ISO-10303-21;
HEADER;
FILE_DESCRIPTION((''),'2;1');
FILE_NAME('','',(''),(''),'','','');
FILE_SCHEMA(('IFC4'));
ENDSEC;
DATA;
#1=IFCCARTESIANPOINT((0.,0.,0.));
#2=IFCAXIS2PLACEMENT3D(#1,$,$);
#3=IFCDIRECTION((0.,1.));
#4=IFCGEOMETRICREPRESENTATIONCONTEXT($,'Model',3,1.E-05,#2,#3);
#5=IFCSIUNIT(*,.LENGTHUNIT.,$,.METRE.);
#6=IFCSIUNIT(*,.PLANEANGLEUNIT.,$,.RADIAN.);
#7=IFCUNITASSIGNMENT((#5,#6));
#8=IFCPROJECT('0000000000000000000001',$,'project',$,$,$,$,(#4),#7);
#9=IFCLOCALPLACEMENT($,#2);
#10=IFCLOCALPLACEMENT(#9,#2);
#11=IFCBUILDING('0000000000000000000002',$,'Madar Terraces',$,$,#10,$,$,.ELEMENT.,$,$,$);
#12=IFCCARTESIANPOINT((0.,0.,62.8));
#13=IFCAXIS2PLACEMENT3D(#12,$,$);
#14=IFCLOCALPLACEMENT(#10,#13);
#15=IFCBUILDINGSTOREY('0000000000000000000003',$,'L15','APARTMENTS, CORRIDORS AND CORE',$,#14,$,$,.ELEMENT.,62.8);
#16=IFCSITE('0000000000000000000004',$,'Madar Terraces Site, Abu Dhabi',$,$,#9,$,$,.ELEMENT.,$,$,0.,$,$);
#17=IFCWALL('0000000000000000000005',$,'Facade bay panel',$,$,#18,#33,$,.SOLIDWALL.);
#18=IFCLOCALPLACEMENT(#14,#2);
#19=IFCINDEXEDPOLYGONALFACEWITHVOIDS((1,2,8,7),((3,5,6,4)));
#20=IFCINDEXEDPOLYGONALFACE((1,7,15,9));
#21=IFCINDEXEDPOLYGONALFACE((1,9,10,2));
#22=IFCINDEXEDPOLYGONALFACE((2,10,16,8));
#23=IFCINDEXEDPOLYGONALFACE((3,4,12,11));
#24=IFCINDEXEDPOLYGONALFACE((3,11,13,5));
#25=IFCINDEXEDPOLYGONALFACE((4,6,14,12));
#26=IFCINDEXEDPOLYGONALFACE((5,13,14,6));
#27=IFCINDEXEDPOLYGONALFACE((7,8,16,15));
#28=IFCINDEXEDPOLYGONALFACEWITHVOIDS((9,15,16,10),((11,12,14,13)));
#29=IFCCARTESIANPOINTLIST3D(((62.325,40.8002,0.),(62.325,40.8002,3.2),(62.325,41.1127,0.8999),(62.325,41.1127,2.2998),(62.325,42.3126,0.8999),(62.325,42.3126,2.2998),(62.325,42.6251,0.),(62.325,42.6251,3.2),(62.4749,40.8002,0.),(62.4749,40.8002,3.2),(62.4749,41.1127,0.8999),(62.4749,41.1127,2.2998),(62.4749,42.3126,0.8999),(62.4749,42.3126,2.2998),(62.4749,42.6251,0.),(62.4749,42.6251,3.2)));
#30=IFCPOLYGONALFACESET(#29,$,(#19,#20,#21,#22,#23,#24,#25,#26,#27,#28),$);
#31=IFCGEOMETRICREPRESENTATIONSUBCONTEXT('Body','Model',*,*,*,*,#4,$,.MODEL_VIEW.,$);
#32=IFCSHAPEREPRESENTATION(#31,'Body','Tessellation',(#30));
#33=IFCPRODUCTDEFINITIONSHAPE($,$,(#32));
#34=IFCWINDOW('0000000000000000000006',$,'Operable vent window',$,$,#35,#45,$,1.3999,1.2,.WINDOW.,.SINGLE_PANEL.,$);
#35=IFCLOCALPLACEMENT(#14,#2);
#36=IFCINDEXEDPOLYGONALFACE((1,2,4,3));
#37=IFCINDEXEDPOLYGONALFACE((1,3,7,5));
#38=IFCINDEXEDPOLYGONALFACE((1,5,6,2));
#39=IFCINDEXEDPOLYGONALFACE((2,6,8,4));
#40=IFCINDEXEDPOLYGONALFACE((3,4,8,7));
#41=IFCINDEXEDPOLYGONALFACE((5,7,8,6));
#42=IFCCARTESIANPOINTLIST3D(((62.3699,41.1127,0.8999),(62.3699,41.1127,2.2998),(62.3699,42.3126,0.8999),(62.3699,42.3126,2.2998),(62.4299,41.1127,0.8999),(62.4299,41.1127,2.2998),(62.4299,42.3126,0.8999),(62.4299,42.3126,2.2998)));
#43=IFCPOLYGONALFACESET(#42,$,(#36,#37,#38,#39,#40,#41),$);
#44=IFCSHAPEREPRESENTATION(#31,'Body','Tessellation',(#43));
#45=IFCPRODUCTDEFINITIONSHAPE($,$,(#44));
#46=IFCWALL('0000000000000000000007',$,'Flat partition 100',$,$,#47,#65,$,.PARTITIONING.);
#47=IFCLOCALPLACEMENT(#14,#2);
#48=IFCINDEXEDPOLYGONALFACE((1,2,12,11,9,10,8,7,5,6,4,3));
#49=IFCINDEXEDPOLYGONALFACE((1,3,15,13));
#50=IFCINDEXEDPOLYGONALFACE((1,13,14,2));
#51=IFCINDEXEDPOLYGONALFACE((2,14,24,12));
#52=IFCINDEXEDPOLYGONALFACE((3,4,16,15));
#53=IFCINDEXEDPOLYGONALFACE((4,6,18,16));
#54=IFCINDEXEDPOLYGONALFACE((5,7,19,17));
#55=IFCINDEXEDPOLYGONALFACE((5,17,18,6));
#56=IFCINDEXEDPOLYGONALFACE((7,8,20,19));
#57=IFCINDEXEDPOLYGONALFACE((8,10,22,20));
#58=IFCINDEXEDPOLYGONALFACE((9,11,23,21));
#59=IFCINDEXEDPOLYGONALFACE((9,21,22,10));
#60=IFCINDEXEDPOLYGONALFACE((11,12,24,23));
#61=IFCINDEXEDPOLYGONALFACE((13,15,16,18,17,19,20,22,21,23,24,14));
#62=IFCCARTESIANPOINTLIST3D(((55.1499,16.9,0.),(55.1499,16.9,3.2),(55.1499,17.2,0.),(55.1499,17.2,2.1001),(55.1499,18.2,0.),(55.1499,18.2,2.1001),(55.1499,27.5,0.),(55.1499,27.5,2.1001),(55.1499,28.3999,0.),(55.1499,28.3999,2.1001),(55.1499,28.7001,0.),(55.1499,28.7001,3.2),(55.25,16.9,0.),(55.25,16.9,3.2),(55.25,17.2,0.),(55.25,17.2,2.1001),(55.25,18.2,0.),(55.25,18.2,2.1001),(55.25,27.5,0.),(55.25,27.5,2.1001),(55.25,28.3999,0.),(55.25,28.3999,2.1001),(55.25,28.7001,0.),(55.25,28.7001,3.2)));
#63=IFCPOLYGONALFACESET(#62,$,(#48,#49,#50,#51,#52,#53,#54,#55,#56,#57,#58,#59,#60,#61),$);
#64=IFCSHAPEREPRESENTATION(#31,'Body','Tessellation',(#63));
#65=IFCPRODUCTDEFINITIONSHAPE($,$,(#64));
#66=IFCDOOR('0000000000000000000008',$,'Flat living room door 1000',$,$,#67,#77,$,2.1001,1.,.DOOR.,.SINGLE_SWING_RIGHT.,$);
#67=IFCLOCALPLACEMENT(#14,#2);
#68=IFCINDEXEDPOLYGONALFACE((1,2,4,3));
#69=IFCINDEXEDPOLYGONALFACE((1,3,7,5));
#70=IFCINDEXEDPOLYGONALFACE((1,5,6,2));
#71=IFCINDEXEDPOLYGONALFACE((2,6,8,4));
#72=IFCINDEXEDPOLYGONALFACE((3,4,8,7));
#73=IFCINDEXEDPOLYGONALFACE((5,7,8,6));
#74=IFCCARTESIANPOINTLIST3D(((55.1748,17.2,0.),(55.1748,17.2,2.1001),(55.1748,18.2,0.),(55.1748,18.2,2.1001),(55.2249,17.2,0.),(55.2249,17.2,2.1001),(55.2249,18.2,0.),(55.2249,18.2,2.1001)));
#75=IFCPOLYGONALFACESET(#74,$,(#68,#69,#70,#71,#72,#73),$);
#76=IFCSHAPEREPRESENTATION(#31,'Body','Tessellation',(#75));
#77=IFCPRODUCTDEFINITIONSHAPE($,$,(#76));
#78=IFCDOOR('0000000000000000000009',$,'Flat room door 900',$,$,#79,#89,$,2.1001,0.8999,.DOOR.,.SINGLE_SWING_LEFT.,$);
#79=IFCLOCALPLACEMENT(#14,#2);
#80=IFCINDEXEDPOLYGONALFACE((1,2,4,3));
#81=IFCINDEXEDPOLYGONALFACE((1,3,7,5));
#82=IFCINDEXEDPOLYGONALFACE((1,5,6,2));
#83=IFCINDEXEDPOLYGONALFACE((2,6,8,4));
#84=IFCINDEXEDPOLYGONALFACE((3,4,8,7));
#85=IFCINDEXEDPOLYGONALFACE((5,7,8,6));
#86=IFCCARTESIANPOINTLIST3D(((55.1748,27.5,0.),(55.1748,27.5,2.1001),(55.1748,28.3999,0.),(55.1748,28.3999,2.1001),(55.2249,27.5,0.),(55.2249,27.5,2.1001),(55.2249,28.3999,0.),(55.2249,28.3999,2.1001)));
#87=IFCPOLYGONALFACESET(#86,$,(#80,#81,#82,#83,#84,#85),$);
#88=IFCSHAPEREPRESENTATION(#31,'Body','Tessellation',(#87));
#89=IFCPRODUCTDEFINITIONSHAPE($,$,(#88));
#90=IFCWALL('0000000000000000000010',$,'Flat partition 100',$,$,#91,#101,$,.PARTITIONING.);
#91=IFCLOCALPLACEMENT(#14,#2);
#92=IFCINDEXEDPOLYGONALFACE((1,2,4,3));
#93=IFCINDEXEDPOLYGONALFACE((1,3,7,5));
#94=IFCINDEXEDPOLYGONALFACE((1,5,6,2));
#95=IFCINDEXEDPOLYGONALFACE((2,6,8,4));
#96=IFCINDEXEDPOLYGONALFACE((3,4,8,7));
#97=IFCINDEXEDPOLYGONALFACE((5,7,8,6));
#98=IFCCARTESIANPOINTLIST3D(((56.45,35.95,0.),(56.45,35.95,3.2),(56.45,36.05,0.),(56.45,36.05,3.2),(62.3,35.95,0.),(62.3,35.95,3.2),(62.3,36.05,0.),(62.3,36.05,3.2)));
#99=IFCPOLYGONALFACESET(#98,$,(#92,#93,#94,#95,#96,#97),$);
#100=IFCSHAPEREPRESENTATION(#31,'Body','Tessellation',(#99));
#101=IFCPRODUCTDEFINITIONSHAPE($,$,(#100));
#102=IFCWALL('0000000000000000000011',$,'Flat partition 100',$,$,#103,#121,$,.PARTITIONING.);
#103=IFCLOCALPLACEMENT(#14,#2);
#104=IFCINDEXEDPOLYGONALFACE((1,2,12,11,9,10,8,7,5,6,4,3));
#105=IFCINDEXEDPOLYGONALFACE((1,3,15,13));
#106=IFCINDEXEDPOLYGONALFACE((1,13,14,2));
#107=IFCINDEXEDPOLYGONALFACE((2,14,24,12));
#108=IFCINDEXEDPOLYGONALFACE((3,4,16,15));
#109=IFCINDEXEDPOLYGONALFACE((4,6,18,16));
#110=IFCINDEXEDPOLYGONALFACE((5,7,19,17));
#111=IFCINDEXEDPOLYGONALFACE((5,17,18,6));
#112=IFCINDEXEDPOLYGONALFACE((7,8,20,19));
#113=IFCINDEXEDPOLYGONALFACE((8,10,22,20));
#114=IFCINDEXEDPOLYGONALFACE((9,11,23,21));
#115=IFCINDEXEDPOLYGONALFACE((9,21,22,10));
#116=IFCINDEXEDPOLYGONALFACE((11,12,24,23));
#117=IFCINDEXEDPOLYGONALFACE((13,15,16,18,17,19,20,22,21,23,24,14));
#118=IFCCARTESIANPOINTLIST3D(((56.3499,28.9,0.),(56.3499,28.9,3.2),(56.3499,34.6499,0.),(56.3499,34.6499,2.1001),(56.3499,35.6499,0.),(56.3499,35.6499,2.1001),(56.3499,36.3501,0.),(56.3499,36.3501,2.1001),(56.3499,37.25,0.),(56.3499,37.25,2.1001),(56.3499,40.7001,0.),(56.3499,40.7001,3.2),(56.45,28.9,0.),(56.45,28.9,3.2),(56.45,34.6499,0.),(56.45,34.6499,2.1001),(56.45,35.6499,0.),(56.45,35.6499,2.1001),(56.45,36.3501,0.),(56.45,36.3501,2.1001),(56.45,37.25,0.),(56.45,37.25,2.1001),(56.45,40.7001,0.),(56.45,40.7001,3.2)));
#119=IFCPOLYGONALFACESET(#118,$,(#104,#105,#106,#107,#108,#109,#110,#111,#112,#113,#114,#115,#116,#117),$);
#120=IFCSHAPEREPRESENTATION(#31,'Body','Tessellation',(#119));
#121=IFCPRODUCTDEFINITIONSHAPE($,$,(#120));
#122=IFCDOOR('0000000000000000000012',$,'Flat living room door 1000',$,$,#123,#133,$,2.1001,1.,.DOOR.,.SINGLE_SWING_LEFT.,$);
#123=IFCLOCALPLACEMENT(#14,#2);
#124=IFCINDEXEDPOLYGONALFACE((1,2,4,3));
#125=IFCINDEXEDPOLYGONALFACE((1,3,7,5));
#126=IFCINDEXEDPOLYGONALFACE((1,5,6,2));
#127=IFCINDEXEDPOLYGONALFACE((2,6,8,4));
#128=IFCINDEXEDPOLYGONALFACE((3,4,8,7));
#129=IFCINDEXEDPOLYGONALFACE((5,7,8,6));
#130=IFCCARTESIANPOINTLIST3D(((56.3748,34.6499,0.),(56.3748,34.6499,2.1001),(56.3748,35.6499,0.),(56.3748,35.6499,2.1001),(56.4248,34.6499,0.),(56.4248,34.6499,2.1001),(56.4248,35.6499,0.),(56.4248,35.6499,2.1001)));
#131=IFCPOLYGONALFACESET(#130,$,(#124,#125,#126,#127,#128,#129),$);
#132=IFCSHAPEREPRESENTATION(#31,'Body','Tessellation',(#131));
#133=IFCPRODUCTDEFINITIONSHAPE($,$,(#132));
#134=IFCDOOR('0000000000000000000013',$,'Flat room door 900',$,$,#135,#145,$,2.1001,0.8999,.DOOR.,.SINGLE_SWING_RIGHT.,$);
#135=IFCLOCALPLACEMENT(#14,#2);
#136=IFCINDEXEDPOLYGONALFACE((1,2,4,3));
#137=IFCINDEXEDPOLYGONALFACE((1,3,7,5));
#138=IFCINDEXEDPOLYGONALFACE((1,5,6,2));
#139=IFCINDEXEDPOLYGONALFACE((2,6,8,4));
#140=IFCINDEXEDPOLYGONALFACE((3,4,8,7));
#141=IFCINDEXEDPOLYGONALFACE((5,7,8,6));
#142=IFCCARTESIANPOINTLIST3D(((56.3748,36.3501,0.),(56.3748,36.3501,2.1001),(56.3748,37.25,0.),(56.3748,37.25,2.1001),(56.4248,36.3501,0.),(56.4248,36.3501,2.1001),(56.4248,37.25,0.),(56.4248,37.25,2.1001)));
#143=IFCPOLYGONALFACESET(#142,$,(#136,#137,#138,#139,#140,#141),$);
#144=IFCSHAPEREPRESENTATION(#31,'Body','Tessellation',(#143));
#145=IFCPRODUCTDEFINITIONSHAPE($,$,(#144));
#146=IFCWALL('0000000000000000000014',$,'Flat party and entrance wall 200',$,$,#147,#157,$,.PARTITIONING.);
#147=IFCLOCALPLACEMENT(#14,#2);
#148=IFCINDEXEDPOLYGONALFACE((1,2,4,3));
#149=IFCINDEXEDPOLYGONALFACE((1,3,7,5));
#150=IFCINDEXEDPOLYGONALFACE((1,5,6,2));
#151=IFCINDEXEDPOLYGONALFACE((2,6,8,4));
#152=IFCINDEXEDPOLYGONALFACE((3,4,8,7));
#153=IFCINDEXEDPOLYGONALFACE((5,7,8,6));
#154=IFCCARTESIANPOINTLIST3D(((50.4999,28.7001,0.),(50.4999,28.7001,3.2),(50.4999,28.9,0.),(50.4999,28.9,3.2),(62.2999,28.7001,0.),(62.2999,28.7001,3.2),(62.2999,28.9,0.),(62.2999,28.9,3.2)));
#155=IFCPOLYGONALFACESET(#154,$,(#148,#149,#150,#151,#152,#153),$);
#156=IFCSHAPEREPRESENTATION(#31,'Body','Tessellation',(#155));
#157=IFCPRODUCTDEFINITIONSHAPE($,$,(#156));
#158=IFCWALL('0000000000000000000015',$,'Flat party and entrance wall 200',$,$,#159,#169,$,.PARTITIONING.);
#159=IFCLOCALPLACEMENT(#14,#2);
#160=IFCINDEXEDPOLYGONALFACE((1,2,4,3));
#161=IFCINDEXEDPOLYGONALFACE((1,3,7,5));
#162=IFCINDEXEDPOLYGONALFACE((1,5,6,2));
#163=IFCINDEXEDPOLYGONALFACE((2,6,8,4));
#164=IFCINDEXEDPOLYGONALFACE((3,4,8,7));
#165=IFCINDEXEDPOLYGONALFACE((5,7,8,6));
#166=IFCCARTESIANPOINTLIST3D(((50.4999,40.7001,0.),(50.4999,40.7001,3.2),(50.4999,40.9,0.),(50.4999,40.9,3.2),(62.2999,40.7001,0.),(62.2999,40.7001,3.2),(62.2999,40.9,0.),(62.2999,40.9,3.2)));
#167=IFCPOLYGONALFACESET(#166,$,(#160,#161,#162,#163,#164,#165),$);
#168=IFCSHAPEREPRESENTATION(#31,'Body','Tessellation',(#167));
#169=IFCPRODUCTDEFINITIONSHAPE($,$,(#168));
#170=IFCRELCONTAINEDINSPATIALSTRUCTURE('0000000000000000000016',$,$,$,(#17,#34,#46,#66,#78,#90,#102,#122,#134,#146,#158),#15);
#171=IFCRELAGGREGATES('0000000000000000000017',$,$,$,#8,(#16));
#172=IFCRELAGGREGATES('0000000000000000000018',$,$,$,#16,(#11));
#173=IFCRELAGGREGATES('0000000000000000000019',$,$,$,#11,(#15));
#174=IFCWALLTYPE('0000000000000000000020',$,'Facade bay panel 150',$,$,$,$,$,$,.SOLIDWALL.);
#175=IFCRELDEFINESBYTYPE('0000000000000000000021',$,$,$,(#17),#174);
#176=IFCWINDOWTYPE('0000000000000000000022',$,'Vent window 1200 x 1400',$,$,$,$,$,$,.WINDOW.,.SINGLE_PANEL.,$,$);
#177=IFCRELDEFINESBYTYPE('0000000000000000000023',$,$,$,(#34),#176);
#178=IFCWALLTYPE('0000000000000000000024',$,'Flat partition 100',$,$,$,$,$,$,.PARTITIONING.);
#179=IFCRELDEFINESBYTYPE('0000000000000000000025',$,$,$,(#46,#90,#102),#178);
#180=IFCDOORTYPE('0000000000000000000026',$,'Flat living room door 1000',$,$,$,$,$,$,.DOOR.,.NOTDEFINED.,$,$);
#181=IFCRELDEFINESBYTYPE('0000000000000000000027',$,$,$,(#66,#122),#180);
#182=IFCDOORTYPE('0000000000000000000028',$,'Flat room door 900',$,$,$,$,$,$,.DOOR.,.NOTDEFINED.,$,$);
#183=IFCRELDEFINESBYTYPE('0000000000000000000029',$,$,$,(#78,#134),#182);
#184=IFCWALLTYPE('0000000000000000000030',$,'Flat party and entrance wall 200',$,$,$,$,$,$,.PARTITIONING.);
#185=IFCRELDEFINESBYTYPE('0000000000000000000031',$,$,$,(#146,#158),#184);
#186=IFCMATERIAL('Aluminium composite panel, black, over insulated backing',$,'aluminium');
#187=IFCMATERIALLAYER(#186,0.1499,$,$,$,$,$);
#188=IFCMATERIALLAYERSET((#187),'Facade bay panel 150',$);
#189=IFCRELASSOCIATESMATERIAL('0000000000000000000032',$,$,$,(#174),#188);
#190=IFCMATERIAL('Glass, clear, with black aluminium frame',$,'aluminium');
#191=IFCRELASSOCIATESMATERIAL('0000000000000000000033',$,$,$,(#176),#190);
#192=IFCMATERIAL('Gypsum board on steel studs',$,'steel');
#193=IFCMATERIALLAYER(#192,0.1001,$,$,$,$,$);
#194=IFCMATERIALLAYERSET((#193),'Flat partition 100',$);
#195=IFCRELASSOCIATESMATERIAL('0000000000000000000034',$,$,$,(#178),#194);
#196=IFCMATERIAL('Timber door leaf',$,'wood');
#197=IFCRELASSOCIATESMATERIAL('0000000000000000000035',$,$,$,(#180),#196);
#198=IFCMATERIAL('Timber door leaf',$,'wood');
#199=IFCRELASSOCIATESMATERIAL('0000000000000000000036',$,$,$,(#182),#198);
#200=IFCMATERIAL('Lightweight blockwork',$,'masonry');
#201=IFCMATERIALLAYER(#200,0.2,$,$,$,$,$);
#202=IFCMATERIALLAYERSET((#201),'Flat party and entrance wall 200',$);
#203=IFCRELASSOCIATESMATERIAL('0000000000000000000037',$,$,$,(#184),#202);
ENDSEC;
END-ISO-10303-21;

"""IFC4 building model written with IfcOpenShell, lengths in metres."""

from ifc_helpers import new_model, si_unit, direction, frame, frame_2d, origin, place, context, subcontext, project, spatial, rectangle, extrude, material, layer, layer_set, type_object, element, fill, save


model = new_model("IFC4")

# Units and contexts
model_context = context("Model", 3, precision=1e-05, world=origin(), true_north=direction((0.0, 1.0)))
body_context = subcontext(model_context, "Body", "Model", "MODEL_VIEW")
ifc_project = project(units=[si_unit("LENGTHUNIT", "METRE"), si_unit("PLANEANGLEUNIT", "RADIAN")], contexts=[model_context])

# Site, building, storey
site_placement = place(None, origin())
site = spatial("IfcSite", under=ifc_project, at=site_placement, Name="Madar Terraces Site, Abu Dhabi", CompositionType="ELEMENT", RefElevation=0.0)
building_placement = place(site_placement, origin())
building = spatial("IfcBuilding", under=site, at=building_placement, Name="Madar Terraces", CompositionType="ELEMENT")
storey_placement = place(building_placement, frame((0.0, 0.0, 62.8)))
storey = spatial("IfcBuildingStorey", under=building, at=storey_placement, Name="L15", Description="APARTMENTS, CORRIDORS AND CORE", CompositionType="ELEMENT", Elevation=62.8)

# Wall, opening, window
ifc_material_1 = material(Name="Aluminium composite panel, black, over insulated backing", Category="aluminium")
ifc_layer_1 = layer(ifc_material_1, 0.1499)
ifc_layer_set_1 = layer_set([ifc_layer_1], Name="Facade bay panel 150")
wall_type_1 = type_object("IfcWallType", Name="Facade bay panel 150", PredefinedType="SOLIDWALL", material=ifc_layer_set_1)
ifc_material_2 = material(Name="Glass, clear, with black aluminium frame", Category="aluminium")
window_type = type_object("IfcWindowType", Name="Vent window 1200 x 1400", PartitioningType="SINGLE_PANEL", PredefinedType="WINDOW", material=ifc_material_2)
wall_1_placement = place(storey_placement, frame((62.3999, 40.8, 0.0), z_axis=(0.0, 0.0, 1.0), x_axis=(0.0, 1.0, 0.0)))
wall_1 = element("IfcWall", 1, at=wall_1_placement, inside=storey, type_object=wall_type_1, Name="Facade bay panel", PredefinedType="SOLIDWALL", context=body_context, shape_type="SweptSolid", body=[
    extrude(rectangle(XDim=1.825, YDim=0.1499, at=frame_2d((0.9126, 0.0))), origin(), (0.0, 0.0, 1.0), 3.2),
])
opening_1_placement = place(wall_1_placement, frame((0.3125, 0.0, 0.8999)))
opening_1 = element("IfcOpeningElement", 2, at=opening_1_placement, cuts=wall_1, PredefinedType="OPENING", context=body_context, shape_type="SweptSolid", body=[
    extrude(rectangle(XDim=1.2, YDim=1.3999, at=frame_2d((0.6001, 0.7))), frame((0.0, 0.085, 0.0), z_axis=(0.0, -1.0, 0.0), x_axis=(1.0, 0.0, 0.0)), (0.0, 0.0, 1.0), 0.1699),
])
window_1_placement = place(opening_1_placement, origin())
window_1 = element("IfcWindow", 3, at=window_1_placement, inside=storey, type_object=window_type, Name="Operable vent window", OverallHeight=1.3999, OverallWidth=1.2, PartitioningType="SINGLE_PANEL", PredefinedType="WINDOW", context=body_context, shape_type="SweptSolid", body=[
    extrude(rectangle(XDim=1.2, YDim=1.3999, at=frame_2d((0.6001, 0.7))), frame((0.0, 0.03, 0.0), z_axis=(0.0, -1.0, 0.0), x_axis=(1.0, 0.0, 0.0)), (0.0, 0.0, 1.0), 0.0601),
])
fill(opening_1, window_1)

# Wall, openings, doors
ifc_material_3 = material(Name="Gypsum board on steel studs", Category="steel")
ifc_layer_2 = layer(ifc_material_3, 0.1001)
ifc_layer_set_2 = layer_set([ifc_layer_2], Name="Flat partition 100")
wall_type_2 = type_object("IfcWallType", Name="Flat partition 100", PredefinedType="PARTITIONING", material=ifc_layer_set_2)
wall_2_placement = place(storey_placement, frame((55.2, 28.7, 0.0), z_axis=(0.0, 0.0, 1.0), x_axis=(0.0, -1.0, 0.0)))
wall_2 = element("IfcWall", 4, at=wall_2_placement, inside=storey, type_object=wall_type_2, Name="Flat partition 100", PredefinedType="PARTITIONING", context=body_context, shape_type="SweptSolid", body=[
    extrude(rectangle(XDim=11.8, YDim=0.1001, at=frame_2d((5.8999, 0.0))), origin(), (0.0, 0.0, 1.0), 3.2),
])
opening_2_placement = place(wall_2_placement, frame((10.5, 0.0, 0.0)))
opening_2 = element("IfcOpeningElement", 5, at=opening_2_placement, cuts=wall_2, PredefinedType="OPENING", context=body_context, shape_type="SweptSolid", body=[
    extrude(rectangle(XDim=1.0, YDim=2.1001, at=frame_2d((0.5, 1.05))), frame((0.0, 0.0601, 0.0), z_axis=(0.0, -1.0, 0.0), x_axis=(1.0, 0.0, 0.0)), (0.0, 0.0, 1.0), 0.1201),
])
opening_3_placement = place(wall_2_placement, frame((0.3, 0.0, 0.0)))
opening_3 = element("IfcOpeningElement", 6, at=opening_3_placement, cuts=wall_2, PredefinedType="OPENING", context=body_context, shape_type="SweptSolid", body=[
    extrude(rectangle(XDim=0.8999, YDim=2.1001, at=frame_2d((0.45, 1.05))), frame((0.0, 0.0601, 0.0), z_axis=(0.0, -1.0, 0.0), x_axis=(1.0, 0.0, 0.0)), (0.0, 0.0, 1.0), 0.1201),
])
ifc_material_4 = material(Name="Timber door leaf", Category="wood")
door_type_1 = type_object("IfcDoorType", Name="Flat living room door 1000", OperationType="NOTDEFINED", PredefinedType="DOOR", material=ifc_material_4)
door_1_placement = place(opening_2_placement, origin())
door_1 = element("IfcDoor", 7, at=door_1_placement, inside=storey, type_object=door_type_1, Name="Flat living room door 1000", OperationType="SINGLE_SWING_RIGHT", OverallHeight=2.1001, OverallWidth=1.0, PredefinedType="DOOR", context=body_context, shape_type="SweptSolid", body=[
    extrude(rectangle(XDim=1.0, YDim=2.1001, at=frame_2d((0.5, 1.05))), frame((0.0, 0.0249, 0.0), z_axis=(0.0, -1.0, 0.0), x_axis=(1.0, 0.0, 0.0)), (0.0, 0.0, 1.0), 0.05),
])
fill(opening_2, door_1)
ifc_material_5 = material(Name="Timber door leaf", Category="wood")
door_type_2 = type_object("IfcDoorType", Name="Flat room door 900", OperationType="NOTDEFINED", PredefinedType="DOOR", material=ifc_material_5)
door_2_placement = place(opening_3_placement, origin())
door_2 = element("IfcDoor", 8, at=door_2_placement, inside=storey, type_object=door_type_2, Name="Flat room door 900", OperationType="SINGLE_SWING_LEFT", OverallHeight=2.1001, OverallWidth=0.8999, PredefinedType="DOOR", context=body_context, shape_type="SweptSolid", body=[
    extrude(rectangle(XDim=0.8999, YDim=2.1001, at=frame_2d((0.45, 1.05))), frame((0.0, 0.0249, 0.0), z_axis=(0.0, -1.0, 0.0), x_axis=(1.0, 0.0, 0.0)), (0.0, 0.0, 1.0), 0.05),
])
fill(opening_3, door_2)

# Wall
wall_3_placement = place(storey_placement, frame((56.45, 36.0, 0.0), z_axis=(0.0, 0.0, 1.0), x_axis=(1.0, 0.0, 0.0)))
element("IfcWall", 9, at=wall_3_placement, inside=storey, type_object=wall_type_2, Name="Flat partition 100", PredefinedType="PARTITIONING", context=body_context, shape_type="SweptSolid", body=[
    extrude(rectangle(XDim=5.8501, YDim=0.1001, at=frame_2d((2.925, 0.0))), origin(), (0.0, 0.0, 1.0), 3.2),
])

# Wall, openings, doors
wall_4_placement = place(storey_placement, frame((56.3999, 40.7, 0.0), z_axis=(0.0, 0.0, 1.0), x_axis=(0.0, -1.0, 0.0)))
wall_4 = element("IfcWall", 10, at=wall_4_placement, inside=storey, type_object=wall_type_2, Name="Flat partition 100", PredefinedType="PARTITIONING", context=body_context, shape_type="SweptSolid", body=[
    extrude(rectangle(XDim=11.8, YDim=0.1001, at=frame_2d((5.8999, 0.0))), origin(), (0.0, 0.0, 1.0), 3.2),
])
opening_4_placement = place(wall_4_placement, frame((5.05, 0.0, 0.0)))
opening_4 = element("IfcOpeningElement", 11, at=opening_4_placement, cuts=wall_4, PredefinedType="OPENING", context=body_context, shape_type="SweptSolid", body=[
    extrude(rectangle(XDim=1.0, YDim=2.1001, at=frame_2d((0.5, 1.05))), frame((0.0, 0.0601, 0.0), z_axis=(0.0, -1.0, 0.0), x_axis=(1.0, 0.0, 0.0)), (0.0, 0.0, 1.0), 0.1201),
])
opening_5_placement = place(wall_4_placement, frame((3.45, 0.0, 0.0)))
opening_5 = element("IfcOpeningElement", 12, at=opening_5_placement, cuts=wall_4, PredefinedType="OPENING", context=body_context, shape_type="SweptSolid", body=[
    extrude(rectangle(XDim=0.8999, YDim=2.1001, at=frame_2d((0.45, 1.05))), frame((0.0, 0.0601, 0.0), z_axis=(0.0, -1.0, 0.0), x_axis=(1.0, 0.0, 0.0)), (0.0, 0.0, 1.0), 0.1201),
])
door_3_placement = place(opening_4_placement, origin())
door_3 = element("IfcDoor", 13, at=door_3_placement, inside=storey, type_object=door_type_1, Name="Flat living room door 1000", OperationType="SINGLE_SWING_LEFT", OverallHeight=2.1001, OverallWidth=1.0, PredefinedType="DOOR", context=body_context, shape_type="SweptSolid", body=[
    extrude(rectangle(XDim=1.0, YDim=2.1001, at=frame_2d((0.5, 1.05))), frame((0.0, 0.0249, 0.0), z_axis=(0.0, -1.0, 0.0), x_axis=(1.0, 0.0, 0.0)), (0.0, 0.0, 1.0), 0.05),
])
fill(opening_4, door_3)
door_4_placement = place(opening_5_placement, origin())
door_4 = element("IfcDoor", 14, at=door_4_placement, inside=storey, type_object=door_type_2, Name="Flat room door 900", OperationType="SINGLE_SWING_RIGHT", OverallHeight=2.1001, OverallWidth=0.8999, PredefinedType="DOOR", context=body_context, shape_type="SweptSolid", body=[
    extrude(rectangle(XDim=0.8999, YDim=2.1001, at=frame_2d((0.45, 1.05))), frame((0.0, 0.0249, 0.0), z_axis=(0.0, -1.0, 0.0), x_axis=(1.0, 0.0, 0.0)), (0.0, 0.0, 1.0), 0.05),
])
fill(opening_5, door_4)

# Walls
ifc_material_6 = material(Name="Lightweight blockwork", Category="masonry")
ifc_layer_3 = layer(ifc_material_6, 0.2)
ifc_layer_set_3 = layer_set([ifc_layer_3], Name="Flat party and entrance wall 200")
wall_type_3 = type_object("IfcWallType", Name="Flat party and entrance wall 200", PredefinedType="PARTITIONING", material=ifc_layer_set_3)
for number, where, z_axis, x_axis, name in (
    (15, (50.5, 28.8, 0.0), (0.0, 0.0, 1.0), (1.0, 0.0, 0.0), "Flat party and entrance wall 200"),
    (16, (50.5, 40.8, 0.0), (0.0, 0.0, 1.0), (1.0, 0.0, 0.0), "Flat party and entrance wall 200"),
):
    element("IfcWall", number, at=place(storey_placement, frame(where, z_axis=z_axis, x_axis=x_axis)), inside=storey, type_object=wall_type_3, Name=name, PredefinedType="PARTITIONING", context=body_context, shape_type="SweptSolid", body=[
        extrude(rectangle(XDim=11.8, YDim=0.2, at=frame_2d((5.8999, 0.0))), origin(), (0.0, 0.0, 1.0), 3.2),
    ])

save(model, "model.ifc")
